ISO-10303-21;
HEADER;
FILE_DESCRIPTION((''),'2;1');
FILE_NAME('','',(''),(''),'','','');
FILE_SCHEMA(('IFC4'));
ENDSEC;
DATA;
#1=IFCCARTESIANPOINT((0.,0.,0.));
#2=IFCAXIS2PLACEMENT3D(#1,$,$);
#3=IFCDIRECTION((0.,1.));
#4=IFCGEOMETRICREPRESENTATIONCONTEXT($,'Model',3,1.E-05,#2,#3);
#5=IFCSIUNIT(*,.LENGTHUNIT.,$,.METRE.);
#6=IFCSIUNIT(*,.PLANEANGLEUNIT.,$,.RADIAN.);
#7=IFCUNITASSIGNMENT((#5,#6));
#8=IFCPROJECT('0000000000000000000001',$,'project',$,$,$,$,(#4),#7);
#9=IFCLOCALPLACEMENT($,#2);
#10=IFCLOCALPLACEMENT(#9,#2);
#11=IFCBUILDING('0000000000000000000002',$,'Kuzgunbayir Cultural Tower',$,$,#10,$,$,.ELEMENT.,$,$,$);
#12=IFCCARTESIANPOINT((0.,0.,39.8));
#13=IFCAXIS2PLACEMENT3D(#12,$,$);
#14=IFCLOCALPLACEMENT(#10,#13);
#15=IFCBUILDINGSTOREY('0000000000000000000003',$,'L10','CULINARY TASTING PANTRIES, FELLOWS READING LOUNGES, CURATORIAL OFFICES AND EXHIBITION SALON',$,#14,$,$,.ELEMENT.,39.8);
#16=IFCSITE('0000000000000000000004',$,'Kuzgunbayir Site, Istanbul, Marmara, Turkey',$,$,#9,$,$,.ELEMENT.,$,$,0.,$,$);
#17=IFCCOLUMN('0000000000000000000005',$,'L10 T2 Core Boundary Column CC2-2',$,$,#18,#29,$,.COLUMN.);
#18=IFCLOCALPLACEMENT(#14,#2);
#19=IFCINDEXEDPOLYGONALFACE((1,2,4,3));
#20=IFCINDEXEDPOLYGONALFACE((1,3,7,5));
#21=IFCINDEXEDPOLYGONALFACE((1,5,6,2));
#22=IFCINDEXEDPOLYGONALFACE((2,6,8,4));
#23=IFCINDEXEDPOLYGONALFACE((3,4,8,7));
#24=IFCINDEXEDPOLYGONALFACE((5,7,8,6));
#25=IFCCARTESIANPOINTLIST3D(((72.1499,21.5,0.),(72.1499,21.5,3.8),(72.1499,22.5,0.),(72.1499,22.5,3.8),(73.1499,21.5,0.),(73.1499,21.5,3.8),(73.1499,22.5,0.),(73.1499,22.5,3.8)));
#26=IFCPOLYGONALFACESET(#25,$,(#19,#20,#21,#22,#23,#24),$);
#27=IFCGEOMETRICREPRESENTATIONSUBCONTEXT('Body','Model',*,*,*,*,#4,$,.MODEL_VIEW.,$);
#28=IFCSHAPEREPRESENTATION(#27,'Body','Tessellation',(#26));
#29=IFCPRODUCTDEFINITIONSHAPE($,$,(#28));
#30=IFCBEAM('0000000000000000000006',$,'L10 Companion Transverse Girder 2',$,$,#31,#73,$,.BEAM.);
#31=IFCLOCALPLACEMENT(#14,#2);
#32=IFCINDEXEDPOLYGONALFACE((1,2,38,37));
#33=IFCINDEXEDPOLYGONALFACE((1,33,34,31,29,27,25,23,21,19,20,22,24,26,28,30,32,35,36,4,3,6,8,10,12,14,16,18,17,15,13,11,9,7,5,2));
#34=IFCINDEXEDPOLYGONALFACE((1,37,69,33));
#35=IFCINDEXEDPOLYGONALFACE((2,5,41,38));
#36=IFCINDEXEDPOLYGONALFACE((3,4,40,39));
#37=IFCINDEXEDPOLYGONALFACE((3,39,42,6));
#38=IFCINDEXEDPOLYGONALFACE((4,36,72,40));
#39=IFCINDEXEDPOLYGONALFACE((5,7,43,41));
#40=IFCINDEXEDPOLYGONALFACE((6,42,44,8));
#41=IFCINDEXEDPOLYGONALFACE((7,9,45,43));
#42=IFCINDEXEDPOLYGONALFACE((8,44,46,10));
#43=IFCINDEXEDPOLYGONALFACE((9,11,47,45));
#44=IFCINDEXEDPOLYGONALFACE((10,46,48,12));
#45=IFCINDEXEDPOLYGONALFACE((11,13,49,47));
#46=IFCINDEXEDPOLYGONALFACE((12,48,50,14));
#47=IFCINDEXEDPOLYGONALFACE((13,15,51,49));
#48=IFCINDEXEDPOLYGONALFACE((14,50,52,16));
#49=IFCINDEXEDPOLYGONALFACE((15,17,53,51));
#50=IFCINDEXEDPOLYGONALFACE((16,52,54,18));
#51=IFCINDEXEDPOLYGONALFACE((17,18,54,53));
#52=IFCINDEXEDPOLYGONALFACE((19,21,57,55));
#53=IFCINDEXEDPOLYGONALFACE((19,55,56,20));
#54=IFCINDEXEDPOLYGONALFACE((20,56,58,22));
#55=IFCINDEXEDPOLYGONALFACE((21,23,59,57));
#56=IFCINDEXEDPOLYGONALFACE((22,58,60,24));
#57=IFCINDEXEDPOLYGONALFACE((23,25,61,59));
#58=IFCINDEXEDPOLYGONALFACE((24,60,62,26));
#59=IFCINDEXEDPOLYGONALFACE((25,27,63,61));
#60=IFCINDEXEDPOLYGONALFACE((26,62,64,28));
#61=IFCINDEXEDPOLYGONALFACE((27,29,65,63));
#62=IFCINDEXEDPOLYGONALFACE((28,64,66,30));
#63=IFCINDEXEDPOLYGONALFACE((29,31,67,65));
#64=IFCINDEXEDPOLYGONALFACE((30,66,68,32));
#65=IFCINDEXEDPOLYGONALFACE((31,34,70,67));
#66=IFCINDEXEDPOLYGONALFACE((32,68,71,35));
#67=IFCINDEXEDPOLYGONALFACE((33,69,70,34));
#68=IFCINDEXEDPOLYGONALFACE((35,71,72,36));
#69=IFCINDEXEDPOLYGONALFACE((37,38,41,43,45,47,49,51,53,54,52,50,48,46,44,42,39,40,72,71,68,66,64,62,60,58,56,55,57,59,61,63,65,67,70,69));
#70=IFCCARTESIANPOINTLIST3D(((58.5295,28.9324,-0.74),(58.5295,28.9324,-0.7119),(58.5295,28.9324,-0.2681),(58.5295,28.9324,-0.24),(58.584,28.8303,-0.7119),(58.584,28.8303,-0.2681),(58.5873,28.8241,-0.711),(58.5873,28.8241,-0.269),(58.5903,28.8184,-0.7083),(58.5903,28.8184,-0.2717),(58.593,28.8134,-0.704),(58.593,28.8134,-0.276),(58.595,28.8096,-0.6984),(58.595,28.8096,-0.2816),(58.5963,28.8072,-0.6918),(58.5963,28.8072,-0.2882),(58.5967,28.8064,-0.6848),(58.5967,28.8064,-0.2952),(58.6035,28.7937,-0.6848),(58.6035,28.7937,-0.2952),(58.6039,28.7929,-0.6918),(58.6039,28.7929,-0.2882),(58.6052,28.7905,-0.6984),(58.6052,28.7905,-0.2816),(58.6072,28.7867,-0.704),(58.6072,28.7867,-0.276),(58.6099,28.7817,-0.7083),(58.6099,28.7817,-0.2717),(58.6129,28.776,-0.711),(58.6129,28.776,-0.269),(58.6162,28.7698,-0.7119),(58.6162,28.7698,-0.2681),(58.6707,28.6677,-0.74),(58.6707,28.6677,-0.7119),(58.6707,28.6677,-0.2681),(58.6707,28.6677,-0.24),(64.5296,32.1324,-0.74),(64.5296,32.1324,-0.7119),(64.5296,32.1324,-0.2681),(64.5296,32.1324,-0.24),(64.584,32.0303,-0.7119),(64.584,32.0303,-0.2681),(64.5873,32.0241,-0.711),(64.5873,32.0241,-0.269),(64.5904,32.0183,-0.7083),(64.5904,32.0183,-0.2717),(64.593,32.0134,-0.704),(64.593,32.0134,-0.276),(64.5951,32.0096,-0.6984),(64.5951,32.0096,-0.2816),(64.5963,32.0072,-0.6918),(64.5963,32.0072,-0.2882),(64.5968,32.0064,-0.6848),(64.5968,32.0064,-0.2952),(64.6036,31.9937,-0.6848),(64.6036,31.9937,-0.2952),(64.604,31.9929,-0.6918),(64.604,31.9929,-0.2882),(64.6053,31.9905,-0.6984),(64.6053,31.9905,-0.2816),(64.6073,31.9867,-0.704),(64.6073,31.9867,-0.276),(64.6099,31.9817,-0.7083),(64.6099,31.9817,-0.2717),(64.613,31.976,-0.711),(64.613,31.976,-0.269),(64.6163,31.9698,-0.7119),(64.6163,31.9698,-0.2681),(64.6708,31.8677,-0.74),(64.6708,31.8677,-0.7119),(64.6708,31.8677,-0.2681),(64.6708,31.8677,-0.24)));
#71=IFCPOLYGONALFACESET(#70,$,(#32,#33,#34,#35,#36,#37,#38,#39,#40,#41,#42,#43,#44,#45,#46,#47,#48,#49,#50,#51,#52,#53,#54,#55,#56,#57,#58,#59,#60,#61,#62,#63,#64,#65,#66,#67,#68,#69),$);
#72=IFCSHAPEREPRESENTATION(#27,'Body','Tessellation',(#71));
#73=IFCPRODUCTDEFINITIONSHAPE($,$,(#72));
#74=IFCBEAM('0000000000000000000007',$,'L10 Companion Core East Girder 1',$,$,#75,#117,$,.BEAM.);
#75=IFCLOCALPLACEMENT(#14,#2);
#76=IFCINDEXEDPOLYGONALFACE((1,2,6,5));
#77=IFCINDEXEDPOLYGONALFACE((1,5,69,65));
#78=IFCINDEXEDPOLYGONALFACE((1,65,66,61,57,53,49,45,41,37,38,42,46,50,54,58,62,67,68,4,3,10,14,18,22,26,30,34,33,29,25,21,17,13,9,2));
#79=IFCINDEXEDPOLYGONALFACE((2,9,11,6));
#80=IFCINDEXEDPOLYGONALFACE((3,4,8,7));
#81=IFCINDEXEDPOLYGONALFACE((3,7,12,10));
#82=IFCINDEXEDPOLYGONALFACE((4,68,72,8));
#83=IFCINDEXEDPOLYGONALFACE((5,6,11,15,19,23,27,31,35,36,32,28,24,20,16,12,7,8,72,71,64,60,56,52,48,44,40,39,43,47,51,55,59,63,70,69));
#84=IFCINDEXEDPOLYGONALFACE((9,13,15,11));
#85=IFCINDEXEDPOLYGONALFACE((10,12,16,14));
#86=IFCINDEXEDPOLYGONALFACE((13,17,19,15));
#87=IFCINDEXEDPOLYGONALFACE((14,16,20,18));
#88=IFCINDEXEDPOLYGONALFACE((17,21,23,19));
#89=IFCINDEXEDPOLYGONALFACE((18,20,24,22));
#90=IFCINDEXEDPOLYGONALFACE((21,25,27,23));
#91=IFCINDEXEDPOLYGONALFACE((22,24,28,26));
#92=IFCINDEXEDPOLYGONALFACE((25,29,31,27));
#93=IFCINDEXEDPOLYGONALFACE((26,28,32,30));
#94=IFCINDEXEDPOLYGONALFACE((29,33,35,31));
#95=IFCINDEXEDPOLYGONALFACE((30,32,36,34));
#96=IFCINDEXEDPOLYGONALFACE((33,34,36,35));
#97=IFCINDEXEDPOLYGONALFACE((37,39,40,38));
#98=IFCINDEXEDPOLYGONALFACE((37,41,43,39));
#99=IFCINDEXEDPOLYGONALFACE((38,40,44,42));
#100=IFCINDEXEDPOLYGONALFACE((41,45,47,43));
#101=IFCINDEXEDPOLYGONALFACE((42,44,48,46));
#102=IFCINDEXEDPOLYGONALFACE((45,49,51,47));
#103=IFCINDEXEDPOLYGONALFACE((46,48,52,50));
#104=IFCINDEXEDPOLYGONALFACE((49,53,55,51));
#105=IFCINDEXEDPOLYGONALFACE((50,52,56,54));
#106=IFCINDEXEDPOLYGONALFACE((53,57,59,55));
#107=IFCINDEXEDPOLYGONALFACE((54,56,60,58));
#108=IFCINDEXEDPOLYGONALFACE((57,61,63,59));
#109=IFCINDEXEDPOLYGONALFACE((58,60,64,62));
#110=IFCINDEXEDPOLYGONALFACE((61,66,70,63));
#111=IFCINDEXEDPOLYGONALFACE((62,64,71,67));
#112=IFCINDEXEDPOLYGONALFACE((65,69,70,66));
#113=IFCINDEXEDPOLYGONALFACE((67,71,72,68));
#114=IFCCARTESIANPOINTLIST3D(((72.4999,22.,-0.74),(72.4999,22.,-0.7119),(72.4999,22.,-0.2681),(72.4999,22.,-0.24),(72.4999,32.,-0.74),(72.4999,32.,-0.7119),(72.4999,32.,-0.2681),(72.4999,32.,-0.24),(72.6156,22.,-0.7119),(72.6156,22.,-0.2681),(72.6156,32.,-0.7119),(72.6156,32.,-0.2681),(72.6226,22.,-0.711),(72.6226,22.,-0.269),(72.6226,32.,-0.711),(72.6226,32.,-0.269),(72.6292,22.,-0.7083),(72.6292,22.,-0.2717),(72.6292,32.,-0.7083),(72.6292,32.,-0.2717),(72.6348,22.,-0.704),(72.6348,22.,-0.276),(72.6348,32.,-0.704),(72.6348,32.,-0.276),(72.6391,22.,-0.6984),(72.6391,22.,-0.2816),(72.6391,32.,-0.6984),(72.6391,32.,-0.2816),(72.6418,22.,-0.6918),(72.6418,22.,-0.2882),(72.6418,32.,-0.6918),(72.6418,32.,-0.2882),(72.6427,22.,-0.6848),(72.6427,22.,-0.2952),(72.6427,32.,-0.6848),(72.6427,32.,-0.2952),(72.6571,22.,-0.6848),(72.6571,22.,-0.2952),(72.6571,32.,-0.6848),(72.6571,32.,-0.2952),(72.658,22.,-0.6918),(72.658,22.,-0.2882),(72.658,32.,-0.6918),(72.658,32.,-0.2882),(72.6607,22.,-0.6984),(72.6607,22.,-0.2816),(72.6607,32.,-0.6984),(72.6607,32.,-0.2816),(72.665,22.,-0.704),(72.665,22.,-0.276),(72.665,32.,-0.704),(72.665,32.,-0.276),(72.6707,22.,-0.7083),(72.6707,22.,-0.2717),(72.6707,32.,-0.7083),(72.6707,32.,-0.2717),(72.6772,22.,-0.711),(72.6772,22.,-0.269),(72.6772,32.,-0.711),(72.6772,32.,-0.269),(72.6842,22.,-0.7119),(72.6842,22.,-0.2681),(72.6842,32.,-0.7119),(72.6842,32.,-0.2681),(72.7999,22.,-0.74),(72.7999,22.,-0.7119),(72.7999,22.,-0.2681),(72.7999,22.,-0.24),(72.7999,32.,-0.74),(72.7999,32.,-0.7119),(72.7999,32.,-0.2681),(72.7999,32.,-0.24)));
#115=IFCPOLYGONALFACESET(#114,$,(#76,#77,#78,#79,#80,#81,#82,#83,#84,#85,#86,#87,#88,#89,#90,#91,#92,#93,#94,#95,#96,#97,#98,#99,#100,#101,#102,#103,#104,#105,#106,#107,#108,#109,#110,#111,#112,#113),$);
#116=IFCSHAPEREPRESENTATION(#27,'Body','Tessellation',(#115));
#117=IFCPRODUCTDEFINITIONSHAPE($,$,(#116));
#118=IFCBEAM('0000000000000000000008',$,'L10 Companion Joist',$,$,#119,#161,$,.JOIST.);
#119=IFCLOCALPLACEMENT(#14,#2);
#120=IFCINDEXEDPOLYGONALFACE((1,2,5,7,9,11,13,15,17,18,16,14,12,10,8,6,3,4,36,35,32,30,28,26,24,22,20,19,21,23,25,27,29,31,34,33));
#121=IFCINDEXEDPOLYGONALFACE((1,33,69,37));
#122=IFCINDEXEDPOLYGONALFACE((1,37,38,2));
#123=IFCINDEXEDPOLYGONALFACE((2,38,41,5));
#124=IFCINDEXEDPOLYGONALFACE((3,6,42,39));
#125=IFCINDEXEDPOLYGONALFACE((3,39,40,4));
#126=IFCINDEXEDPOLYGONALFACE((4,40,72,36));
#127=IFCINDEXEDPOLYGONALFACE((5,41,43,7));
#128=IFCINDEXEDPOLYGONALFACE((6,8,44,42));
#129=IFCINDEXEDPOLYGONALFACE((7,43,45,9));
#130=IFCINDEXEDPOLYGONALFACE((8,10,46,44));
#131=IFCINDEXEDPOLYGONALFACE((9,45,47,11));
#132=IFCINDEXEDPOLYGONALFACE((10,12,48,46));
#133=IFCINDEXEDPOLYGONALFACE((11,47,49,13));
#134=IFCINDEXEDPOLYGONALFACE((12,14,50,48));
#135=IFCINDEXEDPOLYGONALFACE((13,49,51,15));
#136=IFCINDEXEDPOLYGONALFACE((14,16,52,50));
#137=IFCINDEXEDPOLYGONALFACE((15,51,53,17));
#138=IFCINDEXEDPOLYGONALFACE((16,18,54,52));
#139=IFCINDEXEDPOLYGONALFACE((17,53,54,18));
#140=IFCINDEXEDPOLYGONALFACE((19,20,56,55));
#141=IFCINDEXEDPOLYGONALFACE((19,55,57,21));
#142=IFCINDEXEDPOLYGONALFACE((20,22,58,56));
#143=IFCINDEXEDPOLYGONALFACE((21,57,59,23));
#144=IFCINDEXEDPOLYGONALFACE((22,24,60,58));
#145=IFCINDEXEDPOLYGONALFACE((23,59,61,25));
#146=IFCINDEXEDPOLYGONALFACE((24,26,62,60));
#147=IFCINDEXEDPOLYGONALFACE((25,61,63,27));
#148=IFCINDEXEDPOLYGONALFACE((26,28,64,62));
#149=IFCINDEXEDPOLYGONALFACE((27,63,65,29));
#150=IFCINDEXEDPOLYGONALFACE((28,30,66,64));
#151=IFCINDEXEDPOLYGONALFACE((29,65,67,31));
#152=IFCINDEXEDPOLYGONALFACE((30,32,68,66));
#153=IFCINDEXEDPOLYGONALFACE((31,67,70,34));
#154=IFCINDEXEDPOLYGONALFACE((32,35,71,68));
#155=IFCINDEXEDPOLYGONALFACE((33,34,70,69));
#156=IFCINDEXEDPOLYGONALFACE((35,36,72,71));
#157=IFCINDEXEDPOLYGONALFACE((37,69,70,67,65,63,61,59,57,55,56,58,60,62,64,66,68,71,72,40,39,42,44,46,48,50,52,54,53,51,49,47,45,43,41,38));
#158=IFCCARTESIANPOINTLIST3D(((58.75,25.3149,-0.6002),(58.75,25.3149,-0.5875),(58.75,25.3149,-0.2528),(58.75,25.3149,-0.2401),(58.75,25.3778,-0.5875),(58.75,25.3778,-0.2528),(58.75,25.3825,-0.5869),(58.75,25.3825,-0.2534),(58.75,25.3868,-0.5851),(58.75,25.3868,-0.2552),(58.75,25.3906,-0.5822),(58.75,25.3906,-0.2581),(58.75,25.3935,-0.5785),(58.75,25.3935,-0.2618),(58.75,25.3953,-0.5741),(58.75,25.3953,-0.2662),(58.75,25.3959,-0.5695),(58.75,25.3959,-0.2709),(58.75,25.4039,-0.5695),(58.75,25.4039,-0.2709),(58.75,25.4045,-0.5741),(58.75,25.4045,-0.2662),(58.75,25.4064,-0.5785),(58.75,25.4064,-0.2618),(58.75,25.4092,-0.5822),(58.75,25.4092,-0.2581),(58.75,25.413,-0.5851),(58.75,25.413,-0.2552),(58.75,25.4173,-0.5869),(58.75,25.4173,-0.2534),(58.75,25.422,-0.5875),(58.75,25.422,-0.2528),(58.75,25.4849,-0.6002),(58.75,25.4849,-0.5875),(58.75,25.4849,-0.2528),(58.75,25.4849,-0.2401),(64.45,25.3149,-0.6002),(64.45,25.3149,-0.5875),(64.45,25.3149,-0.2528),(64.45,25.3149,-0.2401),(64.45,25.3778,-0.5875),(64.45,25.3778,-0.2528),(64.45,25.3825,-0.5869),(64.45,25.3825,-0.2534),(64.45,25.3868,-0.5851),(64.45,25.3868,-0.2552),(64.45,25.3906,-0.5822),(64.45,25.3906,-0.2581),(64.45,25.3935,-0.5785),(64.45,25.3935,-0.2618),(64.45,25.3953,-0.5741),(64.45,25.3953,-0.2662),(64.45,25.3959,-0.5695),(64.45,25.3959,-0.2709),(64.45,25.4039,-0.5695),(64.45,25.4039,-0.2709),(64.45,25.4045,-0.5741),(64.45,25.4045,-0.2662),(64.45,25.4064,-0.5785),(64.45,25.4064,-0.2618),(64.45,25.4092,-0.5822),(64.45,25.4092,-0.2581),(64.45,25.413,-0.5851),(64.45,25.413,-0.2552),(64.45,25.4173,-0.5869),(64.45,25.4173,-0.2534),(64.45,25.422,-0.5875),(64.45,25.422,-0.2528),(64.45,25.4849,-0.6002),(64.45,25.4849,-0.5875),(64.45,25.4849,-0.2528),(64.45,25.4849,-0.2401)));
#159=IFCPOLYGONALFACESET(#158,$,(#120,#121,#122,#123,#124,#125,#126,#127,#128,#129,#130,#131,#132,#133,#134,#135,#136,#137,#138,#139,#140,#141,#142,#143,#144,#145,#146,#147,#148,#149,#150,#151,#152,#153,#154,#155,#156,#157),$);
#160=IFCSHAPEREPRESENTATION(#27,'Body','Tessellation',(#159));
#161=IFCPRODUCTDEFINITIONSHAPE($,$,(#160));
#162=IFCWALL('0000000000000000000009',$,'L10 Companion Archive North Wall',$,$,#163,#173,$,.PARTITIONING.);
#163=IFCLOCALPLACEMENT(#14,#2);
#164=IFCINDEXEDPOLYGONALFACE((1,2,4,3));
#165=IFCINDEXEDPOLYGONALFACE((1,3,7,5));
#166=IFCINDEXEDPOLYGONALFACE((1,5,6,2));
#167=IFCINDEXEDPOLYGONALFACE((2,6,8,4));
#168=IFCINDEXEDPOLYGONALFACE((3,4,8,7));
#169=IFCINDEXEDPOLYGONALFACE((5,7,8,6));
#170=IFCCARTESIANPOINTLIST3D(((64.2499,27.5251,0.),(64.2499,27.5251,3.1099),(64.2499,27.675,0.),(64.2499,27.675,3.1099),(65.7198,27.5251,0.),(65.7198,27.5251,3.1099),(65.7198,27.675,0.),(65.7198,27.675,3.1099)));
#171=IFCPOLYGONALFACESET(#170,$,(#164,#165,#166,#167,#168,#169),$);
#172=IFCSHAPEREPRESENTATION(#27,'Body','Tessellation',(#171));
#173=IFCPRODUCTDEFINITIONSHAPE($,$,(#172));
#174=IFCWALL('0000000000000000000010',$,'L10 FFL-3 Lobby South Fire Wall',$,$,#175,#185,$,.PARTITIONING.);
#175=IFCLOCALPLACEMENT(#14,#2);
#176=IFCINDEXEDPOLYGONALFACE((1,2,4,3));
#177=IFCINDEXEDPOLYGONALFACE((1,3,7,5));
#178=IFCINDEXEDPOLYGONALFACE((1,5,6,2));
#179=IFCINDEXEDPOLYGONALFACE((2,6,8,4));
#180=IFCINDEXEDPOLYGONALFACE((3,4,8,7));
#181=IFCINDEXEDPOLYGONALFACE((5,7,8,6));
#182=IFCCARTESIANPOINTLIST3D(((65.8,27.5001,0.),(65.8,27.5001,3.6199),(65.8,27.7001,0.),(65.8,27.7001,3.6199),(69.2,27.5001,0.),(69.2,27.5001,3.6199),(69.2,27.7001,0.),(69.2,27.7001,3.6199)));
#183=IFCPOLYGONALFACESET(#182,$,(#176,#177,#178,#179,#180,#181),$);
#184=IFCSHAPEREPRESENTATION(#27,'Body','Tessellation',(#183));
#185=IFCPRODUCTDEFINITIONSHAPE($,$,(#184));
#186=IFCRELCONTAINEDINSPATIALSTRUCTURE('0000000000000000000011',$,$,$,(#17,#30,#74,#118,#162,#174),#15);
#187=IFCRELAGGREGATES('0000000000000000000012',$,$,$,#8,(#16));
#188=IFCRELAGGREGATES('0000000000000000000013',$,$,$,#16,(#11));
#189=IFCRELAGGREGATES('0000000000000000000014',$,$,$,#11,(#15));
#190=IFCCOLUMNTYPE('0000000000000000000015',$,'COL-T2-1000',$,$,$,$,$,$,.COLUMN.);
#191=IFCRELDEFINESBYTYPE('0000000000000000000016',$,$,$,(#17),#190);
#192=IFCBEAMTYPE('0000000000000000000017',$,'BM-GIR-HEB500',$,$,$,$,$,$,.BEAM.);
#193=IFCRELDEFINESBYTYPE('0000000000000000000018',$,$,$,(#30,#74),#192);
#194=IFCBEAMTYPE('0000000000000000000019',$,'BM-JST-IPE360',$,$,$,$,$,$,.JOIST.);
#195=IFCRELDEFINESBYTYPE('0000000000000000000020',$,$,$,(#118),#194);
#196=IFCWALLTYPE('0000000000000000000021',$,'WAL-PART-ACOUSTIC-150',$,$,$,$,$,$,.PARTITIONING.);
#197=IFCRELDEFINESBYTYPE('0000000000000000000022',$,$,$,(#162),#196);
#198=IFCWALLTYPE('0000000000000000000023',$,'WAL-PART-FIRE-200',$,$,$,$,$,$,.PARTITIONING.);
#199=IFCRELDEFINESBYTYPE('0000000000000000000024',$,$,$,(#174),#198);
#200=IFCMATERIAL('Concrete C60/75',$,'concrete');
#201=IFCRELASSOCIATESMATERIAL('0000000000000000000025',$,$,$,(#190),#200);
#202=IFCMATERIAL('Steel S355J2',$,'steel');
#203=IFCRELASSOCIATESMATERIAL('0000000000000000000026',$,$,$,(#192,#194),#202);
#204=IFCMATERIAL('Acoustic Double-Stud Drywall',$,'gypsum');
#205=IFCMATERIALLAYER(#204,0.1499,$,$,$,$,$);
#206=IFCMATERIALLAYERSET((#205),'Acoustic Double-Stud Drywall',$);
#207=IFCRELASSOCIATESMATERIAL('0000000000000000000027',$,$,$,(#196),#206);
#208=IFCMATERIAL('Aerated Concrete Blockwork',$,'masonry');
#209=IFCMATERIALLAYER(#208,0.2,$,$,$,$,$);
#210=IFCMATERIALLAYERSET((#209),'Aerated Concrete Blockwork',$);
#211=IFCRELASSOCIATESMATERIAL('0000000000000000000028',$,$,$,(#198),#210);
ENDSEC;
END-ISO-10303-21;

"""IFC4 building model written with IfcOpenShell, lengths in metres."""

from ifc_helpers import new_model, si_unit, direction, frame, frame_2d, origin, origin_2d, place, context, subcontext, project, spatial, rectangle, i_section, extrude, material, layer, layer_set, material_profile, profile_set, type_object, element, save


model = new_model("IFC4")

# Units and contexts
model_context = context("Model", 3, precision=1e-05, world=origin(), true_north=direction((0.0, 1.0)))
body_context = subcontext(model_context, "Body", "Model", "MODEL_VIEW")
ifc_project = project(units=[si_unit("LENGTHUNIT", "METRE"), si_unit("PLANEANGLEUNIT", "RADIAN")], contexts=[model_context])

# Site, building, storey
site_placement = place(None, origin())
site = spatial("IfcSite", under=ifc_project, at=site_placement, Name="Kuzgunbayir Site, Istanbul, Marmara, Turkey", CompositionType="ELEMENT", RefElevation=0.0)
building_placement = place(site_placement, origin())
building = spatial("IfcBuilding", under=site, at=building_placement, Name="Kuzgunbayir Cultural Tower", CompositionType="ELEMENT")
storey_placement = place(building_placement, frame((0.0, 0.0, 39.8)))
storey = spatial("IfcBuildingStorey", under=building, at=storey_placement, Name="L10", Description="CULINARY TASTING PANTRIES, FELLOWS READING LOUNGES, CURATORIAL OFFICES AND EXHIBITION SALON", CompositionType="ELEMENT", Elevation=39.8)

# Column
ifc_material_1 = material(Name="Concrete C60/75", Category="concrete")
ifc_material_profile_1 = material_profile(ifc_material_1, rectangle(XDim=1.0, YDim=1.0, at=origin_2d()), Name="RC 1000x1000")
ifc_profile_set_1 = profile_set([ifc_material_profile_1], Name="Concrete C60/75")
column_type = type_object("IfcColumnType", Name="COL-T2-1000", PredefinedType="COLUMN", material=ifc_profile_set_1)
column_placement = place(storey_placement, frame((72.6499, 22.0, 0.0), z_axis=(0.0, 0.0, 1.0), x_axis=(1.0, 0.0, 0.0)))
element("IfcColumn", 1, at=column_placement, inside=storey, type_object=column_type, Name="L10 T2 Core Boundary Column CC2-2", PredefinedType="COLUMN", context=body_context, shape_type="SweptSolid", body=[
    extrude(rectangle(XDim=1.0, YDim=1.0, at=origin_2d()), origin(), (0.0, 0.0, 1.0), 3.8),
])

# Beams
ifc_material_2 = material(Name="Steel S355J2", Category="steel")
ifc_material_profile_2 = material_profile(ifc_material_2, i_section(OverallWidth=0.3, OverallDepth=0.5, WebThickness=0.0144, FlangeThickness=0.0281, FilletRadius=0.0271, at=origin_2d()), Name="HEB 500")
ifc_profile_set_2 = profile_set([ifc_material_profile_2], Name="Steel S355J2")
beam_type_1 = type_object("IfcBeamType", Name="BM-GIR-HEB500", PredefinedType="BEAM", material=ifc_profile_set_2)
beam_1_placement = place(storey_placement, frame((58.6001, 28.8, -0.49), z_axis=(0.882356, 0.470583, 0.0), x_axis=(-0.470583, 0.882356, 0.0)))
element("IfcBeam", 2, at=beam_1_placement, inside=storey, type_object=beam_type_1, Name="L10 Companion Transverse Girder 2", PredefinedType="BEAM", context=body_context, shape_type="SweptSolid", body=[
    extrude(i_section(OverallWidth=0.3, OverallDepth=0.5, WebThickness=0.0144, FlangeThickness=0.0281, FilletRadius=0.0271, at=origin_2d()), origin(), (0.0, 0.0, 1.0), 6.8),
])
beam_2_placement = place(storey_placement, frame((72.6499, 22.0, -0.49), z_axis=(0.0, 1.0, 0.0), x_axis=(-1.0, 0.0, 0.0)))
element("IfcBeam", 3, at=beam_2_placement, inside=storey, type_object=beam_type_1, Name="L10 Companion Core East Girder 1", PredefinedType="BEAM", context=body_context, shape_type="SweptSolid", body=[
    extrude(i_section(OverallWidth=0.3, OverallDepth=0.5, WebThickness=0.0144, FlangeThickness=0.0281, FilletRadius=0.0271, at=origin_2d()), origin(), (0.0, 0.0, 1.0), 10.0),
])
ifc_material_profile_3 = material_profile(ifc_material_2, i_section(OverallWidth=0.1699, OverallDepth=0.3601, WebThickness=0.0081, FlangeThickness=0.0127, FilletRadius=0.0181, at=origin_2d()), Name="IPE 360")
ifc_profile_set_3 = profile_set([ifc_material_profile_3], Name="Steel S355J2")
beam_type_2 = type_object("IfcBeamType", Name="BM-JST-IPE360", PredefinedType="JOIST", material=ifc_profile_set_3)
beam_3_placement = place(storey_placement, frame((58.75, 25.3999, -0.4202), z_axis=(1.0, 0.0, 0.0), x_axis=(0.0, 1.0, 0.0)))
element("IfcBeam", 4, at=beam_3_placement, inside=storey, type_object=beam_type_2, Name="L10 Companion Joist", PredefinedType="JOIST", context=body_context, shape_type="SweptSolid", body=[
    extrude(i_section(OverallWidth=0.1699, OverallDepth=0.3601, WebThickness=0.0081, FlangeThickness=0.0127, FilletRadius=0.0181, at=origin_2d()), origin(), (0.0, 0.0, 1.0), 5.7),
])

# Wall
ifc_material_3 = material(Name="Acoustic Double-Stud Drywall", Category="gypsum")
ifc_layer_1 = layer(ifc_material_3, 0.1499)
ifc_layer_set_1 = layer_set([ifc_layer_1], Name="Acoustic Double-Stud Drywall")
wall_type_1 = type_object("IfcWallType", Name="WAL-PART-ACOUSTIC-150", PredefinedType="PARTITIONING", material=ifc_layer_set_1)
wall_1_placement = place(storey_placement, frame((64.25, 27.6001, 0.0), z_axis=(0.0, 0.0, 1.0), x_axis=(1.0, 0.0, 0.0)))
element("IfcWall", 5, at=wall_1_placement, inside=storey, type_object=wall_type_1, Name="L10 Companion Archive North Wall", PredefinedType="PARTITIONING", context=body_context, shape_type="SweptSolid", body=[
    extrude(rectangle(XDim=1.47, YDim=0.1499, at=frame_2d((0.7349, 0.0))), origin(), (0.0, 0.0, 1.0), 3.1099),
])

# Shared definitions
ifc_material_4 = material(Name="Aerated Concrete Blockwork", Category="masonry")
ifc_layer_2 = layer(ifc_material_4, 0.2)
ifc_layer_set_2 = layer_set([ifc_layer_2], Name="Aerated Concrete Blockwork")
wall_type_2 = type_object("IfcWallType", Name="WAL-PART-FIRE-200", PredefinedType="PARTITIONING", material=ifc_layer_set_2)

# Wall
wall_2_placement = place(storey_placement, frame((65.8, 27.6001, 0.0), z_axis=(0.0, 0.0, 1.0), x_axis=(1.0, 0.0, 0.0)))
element("IfcWall", 6, at=wall_2_placement, inside=storey, type_object=wall_type_2, Name="L10 FFL-3 Lobby South Fire Wall", PredefinedType="PARTITIONING", context=body_context, shape_type="SweptSolid", body=[
    extrude(rectangle(XDim=3.3999, YDim=0.2, at=frame_2d((1.7, 0.0))), origin(), (0.0, 0.0, 1.0), 3.6199),
])

save(model, "model.ifc")
